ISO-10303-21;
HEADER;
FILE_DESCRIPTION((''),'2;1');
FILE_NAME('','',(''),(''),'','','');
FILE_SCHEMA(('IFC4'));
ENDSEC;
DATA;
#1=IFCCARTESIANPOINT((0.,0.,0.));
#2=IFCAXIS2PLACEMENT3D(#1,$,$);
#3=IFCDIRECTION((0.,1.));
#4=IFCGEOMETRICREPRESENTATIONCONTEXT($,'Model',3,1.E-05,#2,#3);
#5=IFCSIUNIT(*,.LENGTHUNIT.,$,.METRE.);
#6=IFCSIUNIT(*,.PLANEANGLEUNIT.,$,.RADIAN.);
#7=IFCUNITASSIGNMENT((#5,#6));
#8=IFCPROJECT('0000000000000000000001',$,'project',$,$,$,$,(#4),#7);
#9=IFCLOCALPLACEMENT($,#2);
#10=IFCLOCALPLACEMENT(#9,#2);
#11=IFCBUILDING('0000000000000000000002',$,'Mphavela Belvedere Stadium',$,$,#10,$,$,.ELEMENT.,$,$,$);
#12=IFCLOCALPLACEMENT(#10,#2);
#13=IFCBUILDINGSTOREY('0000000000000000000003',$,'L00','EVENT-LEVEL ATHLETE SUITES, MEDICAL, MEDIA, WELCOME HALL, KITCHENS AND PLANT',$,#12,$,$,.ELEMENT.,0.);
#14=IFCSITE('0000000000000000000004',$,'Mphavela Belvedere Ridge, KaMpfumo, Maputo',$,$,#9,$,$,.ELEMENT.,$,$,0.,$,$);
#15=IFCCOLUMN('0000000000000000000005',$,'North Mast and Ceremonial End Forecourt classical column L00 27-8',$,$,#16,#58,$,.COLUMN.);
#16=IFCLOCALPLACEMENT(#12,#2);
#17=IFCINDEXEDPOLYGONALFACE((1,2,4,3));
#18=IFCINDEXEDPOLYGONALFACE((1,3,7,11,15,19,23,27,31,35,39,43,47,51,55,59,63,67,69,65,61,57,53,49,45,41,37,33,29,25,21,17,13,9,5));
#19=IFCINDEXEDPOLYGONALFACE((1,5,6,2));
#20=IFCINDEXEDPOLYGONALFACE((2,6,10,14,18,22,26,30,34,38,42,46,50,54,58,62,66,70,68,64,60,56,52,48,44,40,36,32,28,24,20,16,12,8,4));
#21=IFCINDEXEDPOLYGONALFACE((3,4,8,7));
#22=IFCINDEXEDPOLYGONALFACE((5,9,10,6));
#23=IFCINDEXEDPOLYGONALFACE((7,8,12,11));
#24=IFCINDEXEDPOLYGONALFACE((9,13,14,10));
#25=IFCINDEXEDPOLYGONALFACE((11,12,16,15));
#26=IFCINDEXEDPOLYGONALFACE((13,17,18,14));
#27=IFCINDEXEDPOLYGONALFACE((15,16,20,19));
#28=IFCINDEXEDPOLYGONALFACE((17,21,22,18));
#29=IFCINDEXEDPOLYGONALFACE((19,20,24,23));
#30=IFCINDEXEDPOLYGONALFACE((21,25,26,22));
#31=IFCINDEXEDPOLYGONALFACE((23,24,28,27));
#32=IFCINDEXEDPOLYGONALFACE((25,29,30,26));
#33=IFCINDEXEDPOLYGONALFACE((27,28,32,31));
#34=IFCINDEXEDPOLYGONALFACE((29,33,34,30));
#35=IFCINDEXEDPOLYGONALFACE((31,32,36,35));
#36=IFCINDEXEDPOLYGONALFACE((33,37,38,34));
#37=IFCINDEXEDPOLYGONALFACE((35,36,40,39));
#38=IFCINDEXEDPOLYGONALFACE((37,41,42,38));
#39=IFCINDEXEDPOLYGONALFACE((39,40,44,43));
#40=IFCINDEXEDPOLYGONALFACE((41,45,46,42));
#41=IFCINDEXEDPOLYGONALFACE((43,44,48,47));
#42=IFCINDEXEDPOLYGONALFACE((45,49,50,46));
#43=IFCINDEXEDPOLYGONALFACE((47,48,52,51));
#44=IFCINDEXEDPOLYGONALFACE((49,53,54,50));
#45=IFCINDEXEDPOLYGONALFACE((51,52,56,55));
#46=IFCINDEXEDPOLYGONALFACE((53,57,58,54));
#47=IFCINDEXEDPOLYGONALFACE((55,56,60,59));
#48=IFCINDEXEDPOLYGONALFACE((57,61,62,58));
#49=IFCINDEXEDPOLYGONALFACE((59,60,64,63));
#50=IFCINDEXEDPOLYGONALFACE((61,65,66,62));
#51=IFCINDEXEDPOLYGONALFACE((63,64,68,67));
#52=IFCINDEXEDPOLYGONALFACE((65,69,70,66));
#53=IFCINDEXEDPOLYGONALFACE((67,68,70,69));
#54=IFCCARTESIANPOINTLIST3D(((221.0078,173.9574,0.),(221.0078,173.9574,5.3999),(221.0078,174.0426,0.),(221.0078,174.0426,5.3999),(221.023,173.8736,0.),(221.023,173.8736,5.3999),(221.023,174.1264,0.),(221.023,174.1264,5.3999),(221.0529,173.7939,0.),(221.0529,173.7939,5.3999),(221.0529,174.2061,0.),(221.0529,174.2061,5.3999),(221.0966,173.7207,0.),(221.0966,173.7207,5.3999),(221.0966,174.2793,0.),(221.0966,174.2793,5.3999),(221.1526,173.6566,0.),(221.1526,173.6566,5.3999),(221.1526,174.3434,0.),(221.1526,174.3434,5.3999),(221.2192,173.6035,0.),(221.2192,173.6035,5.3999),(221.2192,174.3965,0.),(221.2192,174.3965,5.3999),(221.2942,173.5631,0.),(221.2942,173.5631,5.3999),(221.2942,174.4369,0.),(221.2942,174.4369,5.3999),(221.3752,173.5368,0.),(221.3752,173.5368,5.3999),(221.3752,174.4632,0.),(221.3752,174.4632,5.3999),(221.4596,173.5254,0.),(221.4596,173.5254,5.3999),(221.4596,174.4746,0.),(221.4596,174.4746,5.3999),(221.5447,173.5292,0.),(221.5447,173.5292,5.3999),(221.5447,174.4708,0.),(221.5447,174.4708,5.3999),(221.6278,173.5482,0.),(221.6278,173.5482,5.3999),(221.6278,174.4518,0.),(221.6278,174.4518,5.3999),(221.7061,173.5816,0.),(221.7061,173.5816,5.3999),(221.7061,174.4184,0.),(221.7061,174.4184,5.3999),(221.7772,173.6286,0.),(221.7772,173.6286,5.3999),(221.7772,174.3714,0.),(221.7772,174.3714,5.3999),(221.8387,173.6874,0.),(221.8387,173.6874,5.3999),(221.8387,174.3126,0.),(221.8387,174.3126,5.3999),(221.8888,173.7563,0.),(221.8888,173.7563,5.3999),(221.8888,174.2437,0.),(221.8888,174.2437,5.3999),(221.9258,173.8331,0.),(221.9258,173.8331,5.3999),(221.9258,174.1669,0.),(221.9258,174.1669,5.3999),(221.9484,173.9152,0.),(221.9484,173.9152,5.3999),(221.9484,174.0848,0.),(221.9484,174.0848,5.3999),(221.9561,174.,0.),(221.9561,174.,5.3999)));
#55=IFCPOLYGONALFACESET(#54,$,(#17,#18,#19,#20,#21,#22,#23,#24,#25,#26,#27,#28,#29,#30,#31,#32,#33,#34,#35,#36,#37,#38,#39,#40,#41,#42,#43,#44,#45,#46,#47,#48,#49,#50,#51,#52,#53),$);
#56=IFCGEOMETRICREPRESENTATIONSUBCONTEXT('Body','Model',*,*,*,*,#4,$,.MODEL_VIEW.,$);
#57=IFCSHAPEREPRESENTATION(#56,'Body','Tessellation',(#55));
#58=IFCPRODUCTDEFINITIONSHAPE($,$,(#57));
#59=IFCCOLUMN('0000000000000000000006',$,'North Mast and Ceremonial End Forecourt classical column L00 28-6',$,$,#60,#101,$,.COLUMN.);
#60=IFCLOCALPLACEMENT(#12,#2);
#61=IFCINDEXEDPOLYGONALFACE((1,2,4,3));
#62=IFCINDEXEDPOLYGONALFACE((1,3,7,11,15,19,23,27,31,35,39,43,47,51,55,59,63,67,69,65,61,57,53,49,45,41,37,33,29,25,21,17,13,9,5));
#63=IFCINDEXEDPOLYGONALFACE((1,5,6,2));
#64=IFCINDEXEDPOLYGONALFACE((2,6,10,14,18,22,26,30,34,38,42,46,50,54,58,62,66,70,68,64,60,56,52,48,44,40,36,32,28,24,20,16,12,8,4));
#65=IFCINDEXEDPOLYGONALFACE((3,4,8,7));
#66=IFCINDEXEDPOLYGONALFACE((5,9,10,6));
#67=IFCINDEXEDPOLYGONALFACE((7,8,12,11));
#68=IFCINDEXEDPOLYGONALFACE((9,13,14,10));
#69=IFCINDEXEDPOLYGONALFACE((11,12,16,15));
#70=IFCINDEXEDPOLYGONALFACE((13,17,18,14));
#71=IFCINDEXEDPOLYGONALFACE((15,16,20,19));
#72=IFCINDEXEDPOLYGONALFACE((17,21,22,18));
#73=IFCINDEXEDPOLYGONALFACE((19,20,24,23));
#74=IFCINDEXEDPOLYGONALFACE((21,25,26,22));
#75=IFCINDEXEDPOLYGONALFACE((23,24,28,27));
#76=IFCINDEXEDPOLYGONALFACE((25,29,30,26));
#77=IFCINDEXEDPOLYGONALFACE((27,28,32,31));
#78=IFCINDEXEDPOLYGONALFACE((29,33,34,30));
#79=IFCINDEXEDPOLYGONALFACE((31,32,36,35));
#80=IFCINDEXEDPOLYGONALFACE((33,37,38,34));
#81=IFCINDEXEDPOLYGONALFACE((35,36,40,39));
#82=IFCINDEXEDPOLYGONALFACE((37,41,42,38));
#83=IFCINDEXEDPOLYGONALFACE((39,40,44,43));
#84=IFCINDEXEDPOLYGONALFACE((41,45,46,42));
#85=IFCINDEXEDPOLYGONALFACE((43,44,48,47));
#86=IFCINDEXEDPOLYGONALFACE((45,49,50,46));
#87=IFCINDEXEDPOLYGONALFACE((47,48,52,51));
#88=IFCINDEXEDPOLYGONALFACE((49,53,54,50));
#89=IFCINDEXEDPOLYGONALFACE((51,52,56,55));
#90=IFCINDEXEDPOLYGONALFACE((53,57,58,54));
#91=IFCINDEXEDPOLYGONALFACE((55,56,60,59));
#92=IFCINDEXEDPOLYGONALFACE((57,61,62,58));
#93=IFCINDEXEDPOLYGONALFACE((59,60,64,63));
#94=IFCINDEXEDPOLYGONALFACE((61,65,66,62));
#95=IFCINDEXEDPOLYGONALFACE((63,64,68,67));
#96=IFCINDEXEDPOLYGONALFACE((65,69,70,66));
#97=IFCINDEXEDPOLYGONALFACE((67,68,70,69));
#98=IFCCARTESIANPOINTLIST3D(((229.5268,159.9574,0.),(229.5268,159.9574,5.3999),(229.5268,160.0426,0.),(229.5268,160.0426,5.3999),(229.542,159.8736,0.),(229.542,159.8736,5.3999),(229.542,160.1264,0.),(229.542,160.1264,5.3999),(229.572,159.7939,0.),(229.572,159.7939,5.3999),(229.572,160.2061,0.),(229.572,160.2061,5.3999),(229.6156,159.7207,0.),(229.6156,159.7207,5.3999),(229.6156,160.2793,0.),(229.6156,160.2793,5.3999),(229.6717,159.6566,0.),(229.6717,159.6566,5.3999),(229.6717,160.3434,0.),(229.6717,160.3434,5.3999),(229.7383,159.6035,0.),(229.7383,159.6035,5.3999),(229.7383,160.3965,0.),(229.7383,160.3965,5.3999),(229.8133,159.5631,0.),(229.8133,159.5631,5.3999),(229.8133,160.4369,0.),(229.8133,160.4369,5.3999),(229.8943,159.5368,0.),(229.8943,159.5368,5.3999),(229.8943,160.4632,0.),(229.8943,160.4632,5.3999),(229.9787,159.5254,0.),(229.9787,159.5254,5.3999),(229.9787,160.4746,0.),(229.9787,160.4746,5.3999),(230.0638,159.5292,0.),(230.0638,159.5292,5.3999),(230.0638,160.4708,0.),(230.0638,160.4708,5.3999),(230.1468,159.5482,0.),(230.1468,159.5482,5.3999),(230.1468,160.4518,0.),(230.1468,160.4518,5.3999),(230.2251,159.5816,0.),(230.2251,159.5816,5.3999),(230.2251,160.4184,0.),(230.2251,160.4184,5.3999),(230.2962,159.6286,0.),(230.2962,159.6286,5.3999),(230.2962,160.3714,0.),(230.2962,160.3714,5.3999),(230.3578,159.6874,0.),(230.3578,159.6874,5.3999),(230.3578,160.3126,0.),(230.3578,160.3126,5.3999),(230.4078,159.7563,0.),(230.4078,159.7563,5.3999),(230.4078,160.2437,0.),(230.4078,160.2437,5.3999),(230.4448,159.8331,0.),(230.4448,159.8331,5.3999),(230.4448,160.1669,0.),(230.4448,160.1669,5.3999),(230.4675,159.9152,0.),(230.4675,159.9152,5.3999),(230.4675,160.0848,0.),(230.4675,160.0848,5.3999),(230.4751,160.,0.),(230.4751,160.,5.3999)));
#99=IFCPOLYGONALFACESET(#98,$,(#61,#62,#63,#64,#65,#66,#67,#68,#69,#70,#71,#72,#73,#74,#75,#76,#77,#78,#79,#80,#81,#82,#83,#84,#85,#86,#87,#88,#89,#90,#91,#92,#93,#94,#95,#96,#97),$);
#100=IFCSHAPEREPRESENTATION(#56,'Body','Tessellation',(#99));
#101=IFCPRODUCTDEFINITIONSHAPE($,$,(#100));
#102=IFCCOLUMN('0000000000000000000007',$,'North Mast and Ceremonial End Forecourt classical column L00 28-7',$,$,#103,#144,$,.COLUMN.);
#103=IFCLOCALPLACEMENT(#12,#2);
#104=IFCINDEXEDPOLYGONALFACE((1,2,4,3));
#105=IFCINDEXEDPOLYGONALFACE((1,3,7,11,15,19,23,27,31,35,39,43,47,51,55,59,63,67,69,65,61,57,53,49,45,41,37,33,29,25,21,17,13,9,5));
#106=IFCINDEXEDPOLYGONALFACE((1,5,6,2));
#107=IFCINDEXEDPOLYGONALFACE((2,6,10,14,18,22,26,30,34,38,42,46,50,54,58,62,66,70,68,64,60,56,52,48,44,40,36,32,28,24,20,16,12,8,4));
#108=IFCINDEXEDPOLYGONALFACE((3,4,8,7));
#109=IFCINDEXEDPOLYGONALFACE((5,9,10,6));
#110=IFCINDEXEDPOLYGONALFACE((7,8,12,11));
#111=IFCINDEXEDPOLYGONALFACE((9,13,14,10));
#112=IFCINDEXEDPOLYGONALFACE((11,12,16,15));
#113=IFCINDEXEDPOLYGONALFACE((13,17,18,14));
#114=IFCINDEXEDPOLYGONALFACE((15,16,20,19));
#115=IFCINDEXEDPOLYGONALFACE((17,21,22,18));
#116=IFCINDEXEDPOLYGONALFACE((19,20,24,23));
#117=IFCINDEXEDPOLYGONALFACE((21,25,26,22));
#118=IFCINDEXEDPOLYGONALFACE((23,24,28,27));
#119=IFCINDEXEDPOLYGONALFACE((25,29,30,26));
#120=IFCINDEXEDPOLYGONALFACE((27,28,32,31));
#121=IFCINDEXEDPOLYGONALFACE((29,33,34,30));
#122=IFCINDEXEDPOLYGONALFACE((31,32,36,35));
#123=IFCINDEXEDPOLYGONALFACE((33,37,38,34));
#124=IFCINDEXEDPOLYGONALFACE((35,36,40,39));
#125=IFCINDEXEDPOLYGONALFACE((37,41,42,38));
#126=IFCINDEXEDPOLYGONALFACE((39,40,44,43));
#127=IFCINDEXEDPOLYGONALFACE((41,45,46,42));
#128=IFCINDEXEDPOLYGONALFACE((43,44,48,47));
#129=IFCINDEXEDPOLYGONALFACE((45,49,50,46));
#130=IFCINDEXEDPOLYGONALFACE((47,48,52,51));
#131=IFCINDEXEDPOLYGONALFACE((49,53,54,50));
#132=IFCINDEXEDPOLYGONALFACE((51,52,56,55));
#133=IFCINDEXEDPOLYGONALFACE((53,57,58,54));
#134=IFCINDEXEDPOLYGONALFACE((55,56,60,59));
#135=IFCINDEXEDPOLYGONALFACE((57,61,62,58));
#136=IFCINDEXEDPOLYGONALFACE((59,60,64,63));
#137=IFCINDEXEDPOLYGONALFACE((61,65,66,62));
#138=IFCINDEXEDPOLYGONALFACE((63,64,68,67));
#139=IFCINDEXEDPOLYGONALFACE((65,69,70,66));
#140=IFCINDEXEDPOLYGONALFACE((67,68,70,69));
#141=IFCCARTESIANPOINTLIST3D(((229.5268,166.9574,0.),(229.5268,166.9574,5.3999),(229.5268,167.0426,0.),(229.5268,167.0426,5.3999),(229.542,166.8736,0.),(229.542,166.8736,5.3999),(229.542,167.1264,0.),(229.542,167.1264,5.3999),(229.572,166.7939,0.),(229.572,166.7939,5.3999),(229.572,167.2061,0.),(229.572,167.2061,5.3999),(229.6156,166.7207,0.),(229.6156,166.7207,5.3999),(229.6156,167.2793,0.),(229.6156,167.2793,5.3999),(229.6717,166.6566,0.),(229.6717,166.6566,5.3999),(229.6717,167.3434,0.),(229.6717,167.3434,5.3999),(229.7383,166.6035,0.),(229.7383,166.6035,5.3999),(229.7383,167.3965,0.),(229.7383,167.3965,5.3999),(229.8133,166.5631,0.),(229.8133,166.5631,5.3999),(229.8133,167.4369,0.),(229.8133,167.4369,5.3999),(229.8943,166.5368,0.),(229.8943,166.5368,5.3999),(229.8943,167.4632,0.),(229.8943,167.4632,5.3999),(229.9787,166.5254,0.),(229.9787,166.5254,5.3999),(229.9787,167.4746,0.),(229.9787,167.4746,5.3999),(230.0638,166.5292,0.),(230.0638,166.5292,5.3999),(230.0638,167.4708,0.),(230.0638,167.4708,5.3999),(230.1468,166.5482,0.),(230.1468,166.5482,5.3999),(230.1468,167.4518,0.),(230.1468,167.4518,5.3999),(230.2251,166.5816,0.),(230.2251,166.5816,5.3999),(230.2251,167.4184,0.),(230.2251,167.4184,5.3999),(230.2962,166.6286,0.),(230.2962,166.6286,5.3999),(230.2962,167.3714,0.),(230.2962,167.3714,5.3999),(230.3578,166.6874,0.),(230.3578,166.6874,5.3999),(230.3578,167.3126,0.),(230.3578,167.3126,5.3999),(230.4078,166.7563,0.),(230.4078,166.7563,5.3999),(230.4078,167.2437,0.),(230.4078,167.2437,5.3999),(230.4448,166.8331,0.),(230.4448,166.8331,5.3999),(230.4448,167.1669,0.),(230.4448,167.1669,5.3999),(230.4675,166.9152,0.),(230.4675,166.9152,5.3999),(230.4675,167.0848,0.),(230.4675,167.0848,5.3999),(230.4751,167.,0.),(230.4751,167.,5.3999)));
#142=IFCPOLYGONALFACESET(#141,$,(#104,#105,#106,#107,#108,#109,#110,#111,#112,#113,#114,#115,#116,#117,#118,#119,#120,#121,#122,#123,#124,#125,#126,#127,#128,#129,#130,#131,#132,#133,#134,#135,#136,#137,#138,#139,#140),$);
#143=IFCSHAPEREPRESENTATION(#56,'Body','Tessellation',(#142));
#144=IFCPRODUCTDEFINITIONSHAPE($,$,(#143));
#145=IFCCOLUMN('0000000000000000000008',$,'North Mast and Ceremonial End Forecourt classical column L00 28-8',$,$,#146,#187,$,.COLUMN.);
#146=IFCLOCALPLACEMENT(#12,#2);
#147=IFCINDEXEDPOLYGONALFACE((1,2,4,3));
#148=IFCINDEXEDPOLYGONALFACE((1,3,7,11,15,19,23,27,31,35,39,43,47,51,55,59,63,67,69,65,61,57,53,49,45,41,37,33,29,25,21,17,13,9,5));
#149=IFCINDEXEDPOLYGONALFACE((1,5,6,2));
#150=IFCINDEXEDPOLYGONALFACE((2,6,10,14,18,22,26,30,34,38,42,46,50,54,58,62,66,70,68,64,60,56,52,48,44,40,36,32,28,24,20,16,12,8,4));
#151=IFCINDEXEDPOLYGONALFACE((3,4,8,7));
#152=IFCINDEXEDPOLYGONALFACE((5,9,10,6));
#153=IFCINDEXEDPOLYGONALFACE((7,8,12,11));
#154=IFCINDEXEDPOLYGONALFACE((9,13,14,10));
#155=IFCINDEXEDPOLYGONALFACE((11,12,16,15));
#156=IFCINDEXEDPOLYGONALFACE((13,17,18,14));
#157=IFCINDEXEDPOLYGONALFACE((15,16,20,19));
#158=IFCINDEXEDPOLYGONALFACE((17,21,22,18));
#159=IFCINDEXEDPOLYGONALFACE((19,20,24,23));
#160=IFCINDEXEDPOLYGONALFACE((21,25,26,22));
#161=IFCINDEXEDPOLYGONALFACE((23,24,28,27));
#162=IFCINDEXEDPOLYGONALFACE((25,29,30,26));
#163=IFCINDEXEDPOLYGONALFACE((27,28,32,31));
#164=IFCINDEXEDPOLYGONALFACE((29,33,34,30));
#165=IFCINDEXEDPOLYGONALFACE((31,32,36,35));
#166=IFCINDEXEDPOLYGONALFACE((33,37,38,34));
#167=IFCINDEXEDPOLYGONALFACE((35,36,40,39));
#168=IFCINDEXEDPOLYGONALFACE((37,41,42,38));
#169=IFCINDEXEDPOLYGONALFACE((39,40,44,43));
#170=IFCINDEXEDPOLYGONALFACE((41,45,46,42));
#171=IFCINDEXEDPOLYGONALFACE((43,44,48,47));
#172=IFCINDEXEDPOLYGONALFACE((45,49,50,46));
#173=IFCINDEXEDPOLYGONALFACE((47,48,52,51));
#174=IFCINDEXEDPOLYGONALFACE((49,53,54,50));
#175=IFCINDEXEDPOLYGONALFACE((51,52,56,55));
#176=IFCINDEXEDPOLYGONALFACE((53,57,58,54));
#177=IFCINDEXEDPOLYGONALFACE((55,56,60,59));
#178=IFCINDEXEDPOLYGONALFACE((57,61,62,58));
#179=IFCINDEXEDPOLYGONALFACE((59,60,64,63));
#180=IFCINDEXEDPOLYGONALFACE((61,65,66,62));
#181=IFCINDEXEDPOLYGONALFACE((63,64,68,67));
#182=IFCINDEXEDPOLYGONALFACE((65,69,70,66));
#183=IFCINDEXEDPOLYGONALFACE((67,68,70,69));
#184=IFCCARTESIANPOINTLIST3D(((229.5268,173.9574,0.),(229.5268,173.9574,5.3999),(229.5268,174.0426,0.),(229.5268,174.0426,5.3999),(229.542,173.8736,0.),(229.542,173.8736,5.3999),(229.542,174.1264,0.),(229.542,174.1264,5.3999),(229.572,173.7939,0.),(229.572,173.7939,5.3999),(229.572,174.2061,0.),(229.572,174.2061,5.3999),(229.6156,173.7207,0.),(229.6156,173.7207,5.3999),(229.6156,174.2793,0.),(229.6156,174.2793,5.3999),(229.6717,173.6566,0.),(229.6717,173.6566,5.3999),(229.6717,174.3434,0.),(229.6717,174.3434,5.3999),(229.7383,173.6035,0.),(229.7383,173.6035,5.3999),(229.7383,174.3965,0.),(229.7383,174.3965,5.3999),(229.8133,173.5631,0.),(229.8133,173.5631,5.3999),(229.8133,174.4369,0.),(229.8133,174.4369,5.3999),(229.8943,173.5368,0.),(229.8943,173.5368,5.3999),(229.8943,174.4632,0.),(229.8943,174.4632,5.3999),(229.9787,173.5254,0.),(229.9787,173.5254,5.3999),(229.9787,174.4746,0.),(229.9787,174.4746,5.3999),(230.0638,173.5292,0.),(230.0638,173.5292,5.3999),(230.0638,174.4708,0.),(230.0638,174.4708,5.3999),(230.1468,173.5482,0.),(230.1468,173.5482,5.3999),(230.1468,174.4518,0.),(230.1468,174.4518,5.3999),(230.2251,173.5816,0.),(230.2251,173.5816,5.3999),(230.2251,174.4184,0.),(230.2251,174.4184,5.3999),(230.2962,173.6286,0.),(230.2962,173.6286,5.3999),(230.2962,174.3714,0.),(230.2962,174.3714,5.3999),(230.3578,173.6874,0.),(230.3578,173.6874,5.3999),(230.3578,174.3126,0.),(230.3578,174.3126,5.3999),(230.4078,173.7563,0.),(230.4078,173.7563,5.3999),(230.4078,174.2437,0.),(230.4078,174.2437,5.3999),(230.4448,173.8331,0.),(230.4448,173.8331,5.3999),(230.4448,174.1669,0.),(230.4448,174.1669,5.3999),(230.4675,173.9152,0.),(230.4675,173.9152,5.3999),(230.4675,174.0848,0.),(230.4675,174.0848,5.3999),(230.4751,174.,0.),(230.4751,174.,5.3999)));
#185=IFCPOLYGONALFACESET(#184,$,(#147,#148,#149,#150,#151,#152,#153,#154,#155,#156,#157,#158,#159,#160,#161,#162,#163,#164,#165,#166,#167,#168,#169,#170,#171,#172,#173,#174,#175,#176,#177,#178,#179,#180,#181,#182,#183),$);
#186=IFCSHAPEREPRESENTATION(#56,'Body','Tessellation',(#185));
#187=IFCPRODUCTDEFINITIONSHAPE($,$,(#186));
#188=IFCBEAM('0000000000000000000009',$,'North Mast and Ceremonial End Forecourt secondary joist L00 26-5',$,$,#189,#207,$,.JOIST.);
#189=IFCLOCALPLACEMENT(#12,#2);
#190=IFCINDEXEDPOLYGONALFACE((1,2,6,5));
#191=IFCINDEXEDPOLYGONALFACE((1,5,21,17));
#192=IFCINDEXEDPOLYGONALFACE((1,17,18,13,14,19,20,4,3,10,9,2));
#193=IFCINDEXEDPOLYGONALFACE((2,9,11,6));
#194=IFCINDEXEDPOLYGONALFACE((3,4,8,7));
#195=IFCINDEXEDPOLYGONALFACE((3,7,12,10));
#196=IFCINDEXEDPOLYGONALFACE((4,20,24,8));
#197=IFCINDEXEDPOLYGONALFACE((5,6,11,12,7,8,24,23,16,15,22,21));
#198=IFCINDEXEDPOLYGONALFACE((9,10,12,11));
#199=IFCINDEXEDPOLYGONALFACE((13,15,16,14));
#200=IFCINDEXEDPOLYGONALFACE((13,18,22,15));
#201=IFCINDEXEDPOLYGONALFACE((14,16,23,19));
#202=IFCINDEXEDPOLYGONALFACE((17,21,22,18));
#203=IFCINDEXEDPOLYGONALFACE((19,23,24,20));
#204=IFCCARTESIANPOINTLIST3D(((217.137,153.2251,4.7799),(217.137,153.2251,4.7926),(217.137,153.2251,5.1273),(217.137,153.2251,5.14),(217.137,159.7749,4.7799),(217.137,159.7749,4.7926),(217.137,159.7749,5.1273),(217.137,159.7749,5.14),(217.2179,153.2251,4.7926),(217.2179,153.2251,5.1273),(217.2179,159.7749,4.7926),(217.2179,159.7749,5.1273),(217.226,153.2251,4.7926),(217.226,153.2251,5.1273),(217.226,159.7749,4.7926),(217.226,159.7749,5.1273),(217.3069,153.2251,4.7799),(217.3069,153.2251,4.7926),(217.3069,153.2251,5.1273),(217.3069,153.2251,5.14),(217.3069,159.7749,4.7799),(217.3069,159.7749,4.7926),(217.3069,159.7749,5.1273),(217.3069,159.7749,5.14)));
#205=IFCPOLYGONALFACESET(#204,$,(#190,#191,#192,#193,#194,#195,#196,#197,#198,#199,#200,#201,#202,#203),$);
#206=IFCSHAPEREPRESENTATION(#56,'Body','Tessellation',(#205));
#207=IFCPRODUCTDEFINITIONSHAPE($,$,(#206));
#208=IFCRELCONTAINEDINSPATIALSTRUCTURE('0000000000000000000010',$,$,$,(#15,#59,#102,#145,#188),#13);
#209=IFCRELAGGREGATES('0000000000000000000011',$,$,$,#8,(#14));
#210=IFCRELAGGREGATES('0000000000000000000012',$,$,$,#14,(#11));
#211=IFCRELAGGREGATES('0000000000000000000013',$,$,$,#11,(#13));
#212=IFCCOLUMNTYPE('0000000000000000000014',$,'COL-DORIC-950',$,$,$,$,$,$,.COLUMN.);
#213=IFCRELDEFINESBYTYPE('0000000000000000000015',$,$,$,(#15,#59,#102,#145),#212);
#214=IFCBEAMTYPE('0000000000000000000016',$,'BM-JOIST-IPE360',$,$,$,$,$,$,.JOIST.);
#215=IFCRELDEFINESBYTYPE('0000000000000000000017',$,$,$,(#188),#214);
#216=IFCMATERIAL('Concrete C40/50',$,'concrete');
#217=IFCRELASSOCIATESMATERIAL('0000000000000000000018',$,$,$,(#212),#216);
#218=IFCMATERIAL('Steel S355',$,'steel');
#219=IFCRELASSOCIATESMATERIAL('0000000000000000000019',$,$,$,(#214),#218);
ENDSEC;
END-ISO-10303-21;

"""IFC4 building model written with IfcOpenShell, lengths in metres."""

from ifc_helpers import new_model, si_unit, direction, frame, origin, origin_2d, place, context, subcontext, project, spatial, circle, i_section, extrude, material, material_profile, profile_set, type_object, element, save


model = new_model("IFC4")

# Units and contexts
model_context = context("Model", 3, precision=1e-05, world=origin(), true_north=direction((0.0, 1.0)))
body_context = subcontext(model_context, "Body", "Model", "MODEL_VIEW")
ifc_project = project(units=[si_unit("LENGTHUNIT", "METRE"), si_unit("PLANEANGLEUNIT", "RADIAN")], contexts=[model_context])

# Site, building, storey
site_placement = place(None, origin())
site = spatial("IfcSite", under=ifc_project, at=site_placement, Name="Mphavela Belvedere Ridge, KaMpfumo, Maputo", CompositionType="ELEMENT", RefElevation=0.0)
building_placement = place(site_placement, origin())
building = spatial("IfcBuilding", under=site, at=building_placement, Name="Mphavela Belvedere Stadium", CompositionType="ELEMENT")
storey_placement = place(building_placement, origin())
storey = spatial("IfcBuildingStorey", under=building, at=storey_placement, Name="L00", Description="EVENT-LEVEL ATHLETE SUITES, MEDICAL, MEDIA, WELCOME HALL, KITCHENS AND PLANT", CompositionType="ELEMENT", Elevation=0.0)

# Columns
ifc_material_1 = material(Name="Concrete C40/50", Category="concrete")
ifc_material_profile_1 = material_profile(ifc_material_1, circle(Radius=0.4751, at=origin_2d()), Name="COL D950")
ifc_profile_set_1 = profile_set([ifc_material_profile_1], Name="Concrete C40/50")
column_type = type_object("IfcColumnType", Name="COL-DORIC-950", PredefinedType="COLUMN", material=ifc_profile_set_1)
for number, where, z_axis, x_axis, name in (
    (1, (221.481, 174.0, 0.0), (0.0, 0.0, 1.0), (1.0, 0.0, 0.0), "North Mast and Ceremonial End Forecourt classical column L00 27-8"),
    (2, (230.0, 160.0, 0.0), (0.0, 0.0, 1.0), (1.0, 0.0, 0.0), "North Mast and Ceremonial End Forecourt classical column L00 28-6"),
    (3, (230.0, 167.0, 0.0), (0.0, 0.0, 1.0), (1.0, 0.0, 0.0), "North Mast and Ceremonial End Forecourt classical column L00 28-7"),
    (4, (230.0, 174.0, 0.0), (0.0, 0.0, 1.0), (1.0, 0.0, 0.0), "North Mast and Ceremonial End Forecourt classical column L00 28-8"),
):
    element("IfcColumn", number, at=place(storey_placement, frame(where, z_axis=z_axis, x_axis=x_axis)), inside=storey, type_object=column_type, Name=name, PredefinedType="COLUMN", context=body_context, shape_type="SweptSolid", body=[
        extrude(circle(Radius=0.4751, at=origin_2d()), origin(), (0.0, 0.0, 1.0), 5.3999),
    ])

# Beam
ifc_material_2 = material(Name="Steel S355", Category="steel")
ifc_material_profile_2 = material_profile(ifc_material_2, i_section(OverallWidth=0.1699, OverallDepth=0.3601, WebThickness=0.0081, FlangeThickness=0.0127, at=origin_2d()), Name="IPE 360")
ifc_profile_set_2 = profile_set([ifc_material_profile_2], Name="Steel S355")
beam_type_1 = type_object("IfcBeamType", Name="BM-JOIST-IPE360", PredefinedType="JOIST", material=ifc_profile_set_2)
for number, where, z_axis, x_axis, name in (
    (5, (217.2219, 153.2251, 4.96), (0.0, 1.0, 0.0), (-1.0, 0.0, 0.0), "North Mast and Ceremonial End Forecourt secondary joist L00 26-5"),
):
    element("IfcBeam", number, at=place(storey_placement, frame(where, z_axis=z_axis, x_axis=x_axis)), inside=storey, type_object=beam_type_1, Name=name, PredefinedType="JOIST", context=body_context, shape_type="SweptSolid", body=[
        extrude(i_section(OverallWidth=0.1699, OverallDepth=0.3601, WebThickness=0.0081, FlangeThickness=0.0127, at=origin_2d()), origin(), (0.0, 0.0, 1.0), 6.5498),
    ])

save(model, "model.ifc")
